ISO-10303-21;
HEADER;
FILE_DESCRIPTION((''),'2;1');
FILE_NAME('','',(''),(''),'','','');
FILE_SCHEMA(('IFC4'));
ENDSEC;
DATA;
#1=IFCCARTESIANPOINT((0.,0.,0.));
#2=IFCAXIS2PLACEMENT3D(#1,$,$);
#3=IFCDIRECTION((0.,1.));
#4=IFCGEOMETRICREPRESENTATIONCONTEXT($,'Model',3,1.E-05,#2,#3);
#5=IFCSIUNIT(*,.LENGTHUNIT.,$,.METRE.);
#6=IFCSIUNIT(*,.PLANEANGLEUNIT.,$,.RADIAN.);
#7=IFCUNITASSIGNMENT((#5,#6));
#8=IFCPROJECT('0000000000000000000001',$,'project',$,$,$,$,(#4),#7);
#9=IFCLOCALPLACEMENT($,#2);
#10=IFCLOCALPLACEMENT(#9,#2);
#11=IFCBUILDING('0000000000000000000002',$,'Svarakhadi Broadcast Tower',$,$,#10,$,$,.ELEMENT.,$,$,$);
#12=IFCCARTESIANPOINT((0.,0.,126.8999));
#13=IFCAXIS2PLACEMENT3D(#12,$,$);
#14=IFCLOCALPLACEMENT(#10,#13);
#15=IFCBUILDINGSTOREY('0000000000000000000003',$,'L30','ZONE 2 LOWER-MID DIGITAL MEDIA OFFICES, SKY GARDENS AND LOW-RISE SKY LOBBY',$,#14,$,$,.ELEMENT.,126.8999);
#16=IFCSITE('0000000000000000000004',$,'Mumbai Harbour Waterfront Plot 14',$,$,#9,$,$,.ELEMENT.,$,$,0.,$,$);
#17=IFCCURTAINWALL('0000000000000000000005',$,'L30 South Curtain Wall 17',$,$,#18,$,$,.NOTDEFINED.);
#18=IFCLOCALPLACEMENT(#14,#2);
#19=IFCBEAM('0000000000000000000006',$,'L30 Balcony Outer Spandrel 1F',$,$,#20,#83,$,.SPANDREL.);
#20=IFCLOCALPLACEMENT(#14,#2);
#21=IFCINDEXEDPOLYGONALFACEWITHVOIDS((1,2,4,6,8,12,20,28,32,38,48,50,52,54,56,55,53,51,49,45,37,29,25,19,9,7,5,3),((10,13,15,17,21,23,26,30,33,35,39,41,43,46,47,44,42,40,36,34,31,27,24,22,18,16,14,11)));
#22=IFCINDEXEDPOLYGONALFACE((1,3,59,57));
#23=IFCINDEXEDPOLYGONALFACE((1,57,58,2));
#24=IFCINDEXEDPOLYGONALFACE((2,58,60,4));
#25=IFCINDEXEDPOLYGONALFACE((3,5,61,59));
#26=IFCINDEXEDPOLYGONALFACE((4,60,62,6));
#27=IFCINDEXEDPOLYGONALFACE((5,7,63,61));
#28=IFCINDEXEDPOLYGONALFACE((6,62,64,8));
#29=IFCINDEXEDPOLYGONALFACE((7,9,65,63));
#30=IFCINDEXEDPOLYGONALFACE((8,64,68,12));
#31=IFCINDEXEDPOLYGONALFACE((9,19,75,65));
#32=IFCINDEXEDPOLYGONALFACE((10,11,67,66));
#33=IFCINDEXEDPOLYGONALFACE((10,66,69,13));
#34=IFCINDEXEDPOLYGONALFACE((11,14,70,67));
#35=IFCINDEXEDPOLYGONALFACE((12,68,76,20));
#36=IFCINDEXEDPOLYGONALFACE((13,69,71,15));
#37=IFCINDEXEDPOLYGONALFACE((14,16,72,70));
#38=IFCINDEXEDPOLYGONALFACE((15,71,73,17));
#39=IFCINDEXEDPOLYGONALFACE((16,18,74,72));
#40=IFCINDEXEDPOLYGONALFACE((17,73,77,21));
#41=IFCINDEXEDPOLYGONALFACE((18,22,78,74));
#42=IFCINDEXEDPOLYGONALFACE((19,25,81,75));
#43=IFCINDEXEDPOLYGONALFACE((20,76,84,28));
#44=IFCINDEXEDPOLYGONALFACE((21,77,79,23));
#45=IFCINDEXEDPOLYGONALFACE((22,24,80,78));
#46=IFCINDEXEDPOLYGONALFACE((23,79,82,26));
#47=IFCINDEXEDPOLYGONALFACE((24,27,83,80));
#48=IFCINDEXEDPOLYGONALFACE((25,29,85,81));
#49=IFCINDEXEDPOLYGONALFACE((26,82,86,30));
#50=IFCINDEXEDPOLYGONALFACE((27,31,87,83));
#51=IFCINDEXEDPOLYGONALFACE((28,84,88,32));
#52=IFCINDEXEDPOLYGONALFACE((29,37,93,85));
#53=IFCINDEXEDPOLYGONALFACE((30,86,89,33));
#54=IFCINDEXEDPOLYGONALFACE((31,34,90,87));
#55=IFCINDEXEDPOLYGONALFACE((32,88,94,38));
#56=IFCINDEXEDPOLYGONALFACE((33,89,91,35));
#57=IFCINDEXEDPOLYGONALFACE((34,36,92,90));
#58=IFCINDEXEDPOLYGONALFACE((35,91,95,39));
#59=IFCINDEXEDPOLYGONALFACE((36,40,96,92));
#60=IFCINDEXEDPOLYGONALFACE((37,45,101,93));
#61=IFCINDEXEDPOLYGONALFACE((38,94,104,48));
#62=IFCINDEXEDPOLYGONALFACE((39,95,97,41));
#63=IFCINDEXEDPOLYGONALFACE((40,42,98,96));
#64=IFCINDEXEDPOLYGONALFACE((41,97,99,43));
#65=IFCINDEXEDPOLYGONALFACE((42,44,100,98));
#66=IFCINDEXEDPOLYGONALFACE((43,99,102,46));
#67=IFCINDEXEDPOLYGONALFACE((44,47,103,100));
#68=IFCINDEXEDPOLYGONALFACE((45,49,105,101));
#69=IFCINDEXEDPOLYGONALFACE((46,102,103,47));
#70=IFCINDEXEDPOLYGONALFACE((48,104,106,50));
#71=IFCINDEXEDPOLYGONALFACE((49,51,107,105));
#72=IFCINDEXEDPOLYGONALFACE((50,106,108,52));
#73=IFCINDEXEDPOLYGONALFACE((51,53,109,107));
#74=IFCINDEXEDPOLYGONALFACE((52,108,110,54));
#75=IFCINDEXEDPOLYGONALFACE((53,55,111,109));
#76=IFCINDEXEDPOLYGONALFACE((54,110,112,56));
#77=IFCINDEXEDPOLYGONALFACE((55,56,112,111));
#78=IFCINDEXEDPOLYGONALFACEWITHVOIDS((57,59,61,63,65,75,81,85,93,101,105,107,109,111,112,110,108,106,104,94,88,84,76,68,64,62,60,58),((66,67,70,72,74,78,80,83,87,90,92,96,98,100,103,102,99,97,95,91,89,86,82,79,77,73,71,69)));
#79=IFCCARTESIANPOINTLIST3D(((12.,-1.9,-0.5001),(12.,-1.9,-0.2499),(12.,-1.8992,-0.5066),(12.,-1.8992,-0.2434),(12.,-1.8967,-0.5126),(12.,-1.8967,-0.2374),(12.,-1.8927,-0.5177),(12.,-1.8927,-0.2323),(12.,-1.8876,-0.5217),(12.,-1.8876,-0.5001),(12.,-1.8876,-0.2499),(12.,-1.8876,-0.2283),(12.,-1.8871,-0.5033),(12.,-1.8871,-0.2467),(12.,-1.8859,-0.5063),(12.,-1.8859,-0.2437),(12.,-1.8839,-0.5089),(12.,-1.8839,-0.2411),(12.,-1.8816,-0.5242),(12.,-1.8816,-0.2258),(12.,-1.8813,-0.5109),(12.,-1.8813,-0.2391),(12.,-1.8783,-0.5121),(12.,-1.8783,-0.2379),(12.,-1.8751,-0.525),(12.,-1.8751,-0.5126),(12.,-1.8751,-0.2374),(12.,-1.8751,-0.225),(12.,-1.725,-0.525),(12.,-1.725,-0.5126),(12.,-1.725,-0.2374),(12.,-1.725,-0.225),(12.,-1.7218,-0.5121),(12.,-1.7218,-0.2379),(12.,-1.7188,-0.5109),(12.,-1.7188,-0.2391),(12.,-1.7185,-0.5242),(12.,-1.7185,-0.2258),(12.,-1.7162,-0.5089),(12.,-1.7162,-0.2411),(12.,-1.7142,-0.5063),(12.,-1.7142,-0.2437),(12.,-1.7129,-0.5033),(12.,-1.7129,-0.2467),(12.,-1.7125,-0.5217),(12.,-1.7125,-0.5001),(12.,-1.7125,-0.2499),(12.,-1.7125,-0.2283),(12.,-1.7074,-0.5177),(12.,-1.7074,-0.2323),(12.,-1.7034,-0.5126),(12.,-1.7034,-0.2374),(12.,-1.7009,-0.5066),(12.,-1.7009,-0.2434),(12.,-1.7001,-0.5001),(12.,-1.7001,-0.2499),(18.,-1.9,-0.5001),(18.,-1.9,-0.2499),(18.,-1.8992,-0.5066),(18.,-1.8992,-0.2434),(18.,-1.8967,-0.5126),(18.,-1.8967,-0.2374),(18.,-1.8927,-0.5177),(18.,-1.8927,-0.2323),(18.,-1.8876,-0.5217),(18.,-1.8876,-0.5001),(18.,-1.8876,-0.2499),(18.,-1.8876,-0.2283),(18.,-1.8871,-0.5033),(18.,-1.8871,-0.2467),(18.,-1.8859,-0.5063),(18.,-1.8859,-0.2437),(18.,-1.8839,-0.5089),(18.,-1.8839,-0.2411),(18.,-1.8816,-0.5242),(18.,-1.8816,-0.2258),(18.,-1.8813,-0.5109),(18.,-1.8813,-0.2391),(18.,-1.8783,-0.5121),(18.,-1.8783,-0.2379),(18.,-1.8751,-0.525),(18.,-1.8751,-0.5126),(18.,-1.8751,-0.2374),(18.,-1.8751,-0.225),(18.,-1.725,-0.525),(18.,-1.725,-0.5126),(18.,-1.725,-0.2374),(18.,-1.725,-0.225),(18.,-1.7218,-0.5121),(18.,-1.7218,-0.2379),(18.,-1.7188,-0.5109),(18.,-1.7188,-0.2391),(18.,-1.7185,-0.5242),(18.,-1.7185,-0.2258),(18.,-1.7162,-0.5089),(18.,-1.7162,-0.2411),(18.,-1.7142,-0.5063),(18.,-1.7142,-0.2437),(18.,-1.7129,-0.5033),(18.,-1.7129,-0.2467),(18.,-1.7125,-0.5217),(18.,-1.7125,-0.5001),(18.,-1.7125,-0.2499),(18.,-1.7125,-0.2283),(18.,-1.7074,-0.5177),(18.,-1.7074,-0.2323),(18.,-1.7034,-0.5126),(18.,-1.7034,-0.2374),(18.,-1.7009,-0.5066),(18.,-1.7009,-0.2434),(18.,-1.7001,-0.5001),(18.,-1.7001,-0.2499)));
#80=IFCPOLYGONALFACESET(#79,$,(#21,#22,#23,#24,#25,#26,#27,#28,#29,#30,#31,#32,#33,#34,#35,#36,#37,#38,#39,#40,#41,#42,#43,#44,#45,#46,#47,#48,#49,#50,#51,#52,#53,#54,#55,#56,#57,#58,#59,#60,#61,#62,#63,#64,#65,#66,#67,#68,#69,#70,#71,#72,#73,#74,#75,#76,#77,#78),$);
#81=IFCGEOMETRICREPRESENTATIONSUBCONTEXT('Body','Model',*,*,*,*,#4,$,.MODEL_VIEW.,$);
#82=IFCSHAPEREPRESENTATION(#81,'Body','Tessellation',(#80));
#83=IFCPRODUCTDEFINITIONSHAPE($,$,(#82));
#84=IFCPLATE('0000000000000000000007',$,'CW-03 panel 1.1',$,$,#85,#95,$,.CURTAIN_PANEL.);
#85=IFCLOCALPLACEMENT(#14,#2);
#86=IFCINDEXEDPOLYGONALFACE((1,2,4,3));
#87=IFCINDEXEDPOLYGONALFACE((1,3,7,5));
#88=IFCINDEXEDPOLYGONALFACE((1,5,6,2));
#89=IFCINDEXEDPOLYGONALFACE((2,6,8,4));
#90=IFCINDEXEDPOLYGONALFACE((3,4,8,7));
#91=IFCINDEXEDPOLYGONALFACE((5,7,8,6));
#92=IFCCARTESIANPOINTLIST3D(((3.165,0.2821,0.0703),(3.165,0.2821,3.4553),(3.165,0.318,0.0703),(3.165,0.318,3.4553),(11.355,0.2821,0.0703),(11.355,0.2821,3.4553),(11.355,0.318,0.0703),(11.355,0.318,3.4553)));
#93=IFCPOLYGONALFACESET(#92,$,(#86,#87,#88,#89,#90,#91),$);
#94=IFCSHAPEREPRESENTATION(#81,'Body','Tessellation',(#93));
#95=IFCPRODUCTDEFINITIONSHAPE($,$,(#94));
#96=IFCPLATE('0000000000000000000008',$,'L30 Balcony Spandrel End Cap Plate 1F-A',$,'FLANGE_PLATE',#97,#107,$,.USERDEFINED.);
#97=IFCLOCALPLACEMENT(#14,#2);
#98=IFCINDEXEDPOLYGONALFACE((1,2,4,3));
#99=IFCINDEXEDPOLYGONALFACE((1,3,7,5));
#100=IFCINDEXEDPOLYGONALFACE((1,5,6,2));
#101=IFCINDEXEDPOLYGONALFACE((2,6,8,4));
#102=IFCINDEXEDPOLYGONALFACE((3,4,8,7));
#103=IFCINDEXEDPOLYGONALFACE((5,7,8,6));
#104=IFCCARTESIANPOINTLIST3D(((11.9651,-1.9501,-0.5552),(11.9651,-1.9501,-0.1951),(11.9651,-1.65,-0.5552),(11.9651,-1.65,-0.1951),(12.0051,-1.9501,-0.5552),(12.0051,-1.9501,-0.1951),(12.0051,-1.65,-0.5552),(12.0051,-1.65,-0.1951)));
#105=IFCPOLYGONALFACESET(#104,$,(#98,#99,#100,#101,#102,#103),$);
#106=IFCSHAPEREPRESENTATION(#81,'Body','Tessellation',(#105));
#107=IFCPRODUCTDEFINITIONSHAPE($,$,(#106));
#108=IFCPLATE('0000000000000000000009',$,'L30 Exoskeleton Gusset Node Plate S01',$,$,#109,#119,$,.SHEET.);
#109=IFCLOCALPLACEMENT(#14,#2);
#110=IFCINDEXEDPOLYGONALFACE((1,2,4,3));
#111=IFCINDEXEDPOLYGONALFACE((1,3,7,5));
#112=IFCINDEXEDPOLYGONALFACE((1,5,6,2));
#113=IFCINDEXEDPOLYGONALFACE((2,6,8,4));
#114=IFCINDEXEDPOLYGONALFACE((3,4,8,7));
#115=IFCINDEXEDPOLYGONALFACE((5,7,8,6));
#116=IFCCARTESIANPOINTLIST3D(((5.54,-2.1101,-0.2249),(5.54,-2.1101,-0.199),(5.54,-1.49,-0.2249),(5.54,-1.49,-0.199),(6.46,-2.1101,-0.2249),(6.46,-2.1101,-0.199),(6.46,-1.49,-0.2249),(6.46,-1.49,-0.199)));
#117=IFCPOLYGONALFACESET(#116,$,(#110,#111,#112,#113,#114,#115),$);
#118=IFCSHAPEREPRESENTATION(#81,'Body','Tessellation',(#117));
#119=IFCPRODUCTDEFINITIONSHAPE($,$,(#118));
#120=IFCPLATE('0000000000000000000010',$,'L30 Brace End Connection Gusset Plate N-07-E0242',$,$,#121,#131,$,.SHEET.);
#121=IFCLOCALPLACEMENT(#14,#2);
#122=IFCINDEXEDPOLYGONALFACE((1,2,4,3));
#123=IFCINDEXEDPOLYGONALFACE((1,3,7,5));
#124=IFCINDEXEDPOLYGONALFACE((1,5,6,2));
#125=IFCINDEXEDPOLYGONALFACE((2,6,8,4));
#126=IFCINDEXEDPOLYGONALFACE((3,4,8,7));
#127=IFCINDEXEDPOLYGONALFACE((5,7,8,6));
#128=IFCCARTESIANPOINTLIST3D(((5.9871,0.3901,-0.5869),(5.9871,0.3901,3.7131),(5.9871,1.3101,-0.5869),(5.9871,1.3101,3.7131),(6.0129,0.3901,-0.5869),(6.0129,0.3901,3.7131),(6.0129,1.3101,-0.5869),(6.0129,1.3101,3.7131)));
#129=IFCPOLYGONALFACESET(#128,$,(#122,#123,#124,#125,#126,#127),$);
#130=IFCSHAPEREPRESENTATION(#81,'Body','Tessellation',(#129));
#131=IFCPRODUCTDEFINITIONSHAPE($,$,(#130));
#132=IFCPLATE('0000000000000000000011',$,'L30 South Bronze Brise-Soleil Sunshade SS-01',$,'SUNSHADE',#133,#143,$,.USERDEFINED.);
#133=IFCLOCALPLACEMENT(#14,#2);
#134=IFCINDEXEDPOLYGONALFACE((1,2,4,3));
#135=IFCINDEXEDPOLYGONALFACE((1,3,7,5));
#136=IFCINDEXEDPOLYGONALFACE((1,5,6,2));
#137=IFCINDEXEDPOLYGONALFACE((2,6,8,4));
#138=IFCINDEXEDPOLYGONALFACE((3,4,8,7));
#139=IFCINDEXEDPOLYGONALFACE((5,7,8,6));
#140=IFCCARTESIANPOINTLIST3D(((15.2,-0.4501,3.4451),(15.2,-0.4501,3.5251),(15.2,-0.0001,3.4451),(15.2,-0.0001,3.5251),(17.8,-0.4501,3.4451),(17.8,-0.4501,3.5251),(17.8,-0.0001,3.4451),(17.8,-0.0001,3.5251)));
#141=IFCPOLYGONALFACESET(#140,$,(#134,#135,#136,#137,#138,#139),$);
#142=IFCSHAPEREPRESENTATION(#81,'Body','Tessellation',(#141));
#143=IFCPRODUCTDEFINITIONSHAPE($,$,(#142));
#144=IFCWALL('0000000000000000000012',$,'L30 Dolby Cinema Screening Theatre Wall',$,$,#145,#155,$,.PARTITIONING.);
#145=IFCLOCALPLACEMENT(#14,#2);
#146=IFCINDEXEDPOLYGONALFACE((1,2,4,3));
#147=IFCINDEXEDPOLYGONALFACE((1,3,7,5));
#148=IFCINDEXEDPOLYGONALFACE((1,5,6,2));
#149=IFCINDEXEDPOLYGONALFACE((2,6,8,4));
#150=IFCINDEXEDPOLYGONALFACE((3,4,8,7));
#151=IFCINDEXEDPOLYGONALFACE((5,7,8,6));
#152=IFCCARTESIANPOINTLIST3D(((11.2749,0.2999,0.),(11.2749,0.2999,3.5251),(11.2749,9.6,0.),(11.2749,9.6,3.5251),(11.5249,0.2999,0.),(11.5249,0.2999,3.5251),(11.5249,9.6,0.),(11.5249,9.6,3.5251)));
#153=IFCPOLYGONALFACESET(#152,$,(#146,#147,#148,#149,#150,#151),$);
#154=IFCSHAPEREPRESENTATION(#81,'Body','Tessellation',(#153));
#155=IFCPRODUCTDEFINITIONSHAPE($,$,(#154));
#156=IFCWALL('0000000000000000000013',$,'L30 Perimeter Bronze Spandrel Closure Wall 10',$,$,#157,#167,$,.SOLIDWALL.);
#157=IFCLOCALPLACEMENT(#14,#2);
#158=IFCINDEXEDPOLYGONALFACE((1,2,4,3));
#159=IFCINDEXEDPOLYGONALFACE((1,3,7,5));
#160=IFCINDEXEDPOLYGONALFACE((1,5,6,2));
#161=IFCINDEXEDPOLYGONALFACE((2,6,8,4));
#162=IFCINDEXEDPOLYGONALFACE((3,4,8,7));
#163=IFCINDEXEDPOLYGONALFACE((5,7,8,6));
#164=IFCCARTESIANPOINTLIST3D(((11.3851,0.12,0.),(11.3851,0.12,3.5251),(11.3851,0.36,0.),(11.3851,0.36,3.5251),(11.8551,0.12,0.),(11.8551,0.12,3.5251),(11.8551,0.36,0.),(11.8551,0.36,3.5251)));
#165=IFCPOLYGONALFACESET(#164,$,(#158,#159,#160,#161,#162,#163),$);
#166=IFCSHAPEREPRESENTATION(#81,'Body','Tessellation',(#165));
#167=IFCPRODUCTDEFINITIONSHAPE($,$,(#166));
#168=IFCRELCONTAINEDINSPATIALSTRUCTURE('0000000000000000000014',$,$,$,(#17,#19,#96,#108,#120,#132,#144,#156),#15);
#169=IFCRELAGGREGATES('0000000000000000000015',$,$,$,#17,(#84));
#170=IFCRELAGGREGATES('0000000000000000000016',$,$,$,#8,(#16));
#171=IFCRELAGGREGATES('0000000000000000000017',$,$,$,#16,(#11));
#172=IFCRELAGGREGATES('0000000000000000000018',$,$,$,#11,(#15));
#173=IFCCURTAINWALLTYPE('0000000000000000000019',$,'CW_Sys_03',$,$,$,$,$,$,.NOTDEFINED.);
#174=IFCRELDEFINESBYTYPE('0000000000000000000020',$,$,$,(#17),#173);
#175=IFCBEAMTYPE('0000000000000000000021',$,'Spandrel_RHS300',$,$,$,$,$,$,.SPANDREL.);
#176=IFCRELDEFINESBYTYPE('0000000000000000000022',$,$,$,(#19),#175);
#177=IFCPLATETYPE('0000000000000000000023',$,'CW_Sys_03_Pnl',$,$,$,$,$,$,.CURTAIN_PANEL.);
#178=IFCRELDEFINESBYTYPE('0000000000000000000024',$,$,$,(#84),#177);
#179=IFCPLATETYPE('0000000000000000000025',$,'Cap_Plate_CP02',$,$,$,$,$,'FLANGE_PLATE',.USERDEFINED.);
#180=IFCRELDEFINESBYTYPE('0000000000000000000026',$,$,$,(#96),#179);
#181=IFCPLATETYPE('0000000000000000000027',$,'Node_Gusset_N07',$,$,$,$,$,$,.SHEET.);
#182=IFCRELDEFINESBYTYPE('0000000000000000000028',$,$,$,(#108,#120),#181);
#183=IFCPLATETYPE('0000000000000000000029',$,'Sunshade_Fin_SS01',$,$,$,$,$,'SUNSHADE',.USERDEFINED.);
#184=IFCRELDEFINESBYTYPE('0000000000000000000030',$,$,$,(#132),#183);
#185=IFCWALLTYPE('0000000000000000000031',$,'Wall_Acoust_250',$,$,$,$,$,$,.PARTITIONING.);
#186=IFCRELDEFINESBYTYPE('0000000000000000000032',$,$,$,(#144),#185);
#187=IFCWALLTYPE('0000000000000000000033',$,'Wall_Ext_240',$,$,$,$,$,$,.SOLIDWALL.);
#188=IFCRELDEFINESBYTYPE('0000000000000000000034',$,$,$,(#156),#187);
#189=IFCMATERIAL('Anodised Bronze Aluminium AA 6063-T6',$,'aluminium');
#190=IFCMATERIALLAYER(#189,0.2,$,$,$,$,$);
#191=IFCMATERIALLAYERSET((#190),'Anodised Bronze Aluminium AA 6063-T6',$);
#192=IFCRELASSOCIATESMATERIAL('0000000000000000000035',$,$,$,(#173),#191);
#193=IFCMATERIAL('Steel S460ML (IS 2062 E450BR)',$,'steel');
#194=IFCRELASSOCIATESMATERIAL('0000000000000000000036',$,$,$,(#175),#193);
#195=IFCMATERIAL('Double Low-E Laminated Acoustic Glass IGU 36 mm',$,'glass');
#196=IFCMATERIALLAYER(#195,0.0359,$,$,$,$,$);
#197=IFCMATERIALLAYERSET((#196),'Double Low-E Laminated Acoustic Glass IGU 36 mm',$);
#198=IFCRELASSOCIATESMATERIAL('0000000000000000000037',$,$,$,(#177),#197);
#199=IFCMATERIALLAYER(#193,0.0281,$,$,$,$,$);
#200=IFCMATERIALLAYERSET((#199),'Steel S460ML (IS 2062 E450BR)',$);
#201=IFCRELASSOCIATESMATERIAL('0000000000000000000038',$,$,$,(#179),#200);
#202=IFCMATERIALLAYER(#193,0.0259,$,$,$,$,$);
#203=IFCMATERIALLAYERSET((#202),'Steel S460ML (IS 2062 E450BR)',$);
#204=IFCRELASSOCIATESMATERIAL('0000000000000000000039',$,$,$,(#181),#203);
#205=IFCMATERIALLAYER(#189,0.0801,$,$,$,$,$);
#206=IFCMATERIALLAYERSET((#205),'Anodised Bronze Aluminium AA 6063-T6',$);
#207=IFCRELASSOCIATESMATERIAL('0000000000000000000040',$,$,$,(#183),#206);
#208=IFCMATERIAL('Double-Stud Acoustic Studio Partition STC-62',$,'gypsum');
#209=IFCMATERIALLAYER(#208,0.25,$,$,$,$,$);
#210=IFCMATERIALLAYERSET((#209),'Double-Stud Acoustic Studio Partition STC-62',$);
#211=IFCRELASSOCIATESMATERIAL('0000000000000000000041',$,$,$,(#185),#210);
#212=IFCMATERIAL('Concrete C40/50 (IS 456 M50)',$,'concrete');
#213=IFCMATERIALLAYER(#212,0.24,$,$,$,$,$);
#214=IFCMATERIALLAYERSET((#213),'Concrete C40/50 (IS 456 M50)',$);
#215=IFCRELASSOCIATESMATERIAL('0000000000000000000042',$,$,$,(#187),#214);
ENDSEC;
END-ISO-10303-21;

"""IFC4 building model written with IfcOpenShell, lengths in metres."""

from ifc_helpers import new_model, si_unit, direction, frame, frame_2d, origin, origin_2d, place, context, subcontext, project, spatial, rectangle, hollow_rectangle, extrude, material, layer, layer_set, material_profile, profile_set, type_object, element, aggregate, save


model = new_model("IFC4")

# Units and contexts
model_context = context("Model", 3, precision=1e-05, world=origin(), true_north=direction((0.0, 1.0)))
body_context = subcontext(model_context, "Body", "Model", "MODEL_VIEW")
ifc_project = project(units=[si_unit("LENGTHUNIT", "METRE"), si_unit("PLANEANGLEUNIT", "RADIAN")], contexts=[model_context])

# Site, building, storey
site_placement = place(None, origin())
site = spatial("IfcSite", under=ifc_project, at=site_placement, Name="Mumbai Harbour Waterfront Plot 14", CompositionType="ELEMENT", RefElevation=0.0)
building_placement = place(site_placement, origin())
building = spatial("IfcBuilding", under=site, at=building_placement, Name="Svarakhadi Broadcast Tower", CompositionType="ELEMENT")
storey_placement = place(building_placement, frame((0.0, 0.0, 126.8999)))
storey = spatial("IfcBuildingStorey", under=building, at=storey_placement, Name="L30", Description="ZONE 2 LOWER-MID DIGITAL MEDIA OFFICES, SKY GARDENS AND LOW-RISE SKY LOBBY", CompositionType="ELEMENT", Elevation=126.8999)

# Shared definitions
ifc_material_1 = material(Name="Steel S460ML (IS 2062 E450BR)", Category="steel")

# Curtain wall
ifc_material_2 = material(Name="Anodised Bronze Aluminium AA 6063-T6", Category="aluminium")
ifc_layer_1 = layer(ifc_material_2, 0.2)
ifc_layer_set_1 = layer_set([ifc_layer_1], Name="Anodised Bronze Aluminium AA 6063-T6")
curtain_wall_type = type_object("IfcCurtainWallType", Name="CW_Sys_03", PredefinedType="NOTDEFINED", material=ifc_layer_set_1)
curtain_wall_placement = place(storey_placement, origin())
curtain_wall = element("IfcCurtainWall", 1, at=curtain_wall_placement, inside=storey, type_object=curtain_wall_type, Name="L30 South Curtain Wall 17", PredefinedType="NOTDEFINED")

# Beam
ifc_material_profile_1 = material_profile(ifc_material_1, hollow_rectangle(XDim=0.2, YDim=0.3, WallThickness=0.0125, InnerFilletRadius=0.0125, OuterFilletRadius=0.0249, at=origin_2d()), Name="RHS 300x200x12.5")
ifc_profile_set_1 = profile_set([ifc_material_profile_1], Name="Steel S460ML (IS 2062 E450BR)")
beam_type_1 = type_object("IfcBeamType", Name="Spandrel_RHS300", PredefinedType="SPANDREL", material=ifc_profile_set_1)
beam_1_placement = place(storey_placement, frame((12.0, -1.8, -0.375), z_axis=(1.0, 0.0, 0.0), x_axis=(0.0, 1.0, 0.0)))
element("IfcBeam", 2, at=beam_1_placement, inside=storey, type_object=beam_type_1, Name="L30 Balcony Outer Spandrel 1F", PredefinedType="SPANDREL", context=body_context, shape_type="SweptSolid", body=[
    extrude(hollow_rectangle(XDim=0.2, YDim=0.3, WallThickness=0.0125, InnerFilletRadius=0.0125, OuterFilletRadius=0.0249, at=origin_2d()), origin(), (0.0, 0.0, 1.0), 6.0),
])

# Plate
ifc_material_3 = material(Name="Double Low-E Laminated Acoustic Glass IGU 36 mm", Category="glass")
ifc_layer_2 = layer(ifc_material_3, 0.0359)
ifc_layer_set_2 = layer_set([ifc_layer_2], Name="Double Low-E Laminated Acoustic Glass IGU 36 mm")
plate_type_1 = type_object("IfcPlateType", Name="CW_Sys_03_Pnl", PredefinedType="CURTAIN_PANEL", material=ifc_layer_set_2)
plate_1_placement = place(storey_placement, frame((7.26, 0.3, 0.0703), z_axis=(0.0, 0.0, 1.0), x_axis=(-1.0, 0.0, 0.0)))
plate_1 = element("IfcPlate", 3, at=plate_1_placement, type_object=plate_type_1, Name="CW-03 panel 1.1", PredefinedType="CURTAIN_PANEL", context=body_context, shape_type="SweptSolid", body=[
    extrude(rectangle(XDim=8.1899, YDim=0.0359, at=origin_2d()), origin(), (0.0, 0.0, 1.0), 3.385),
])
aggregate(curtain_wall, [plate_1])

# Plates
ifc_layer_3 = layer(ifc_material_1, 0.0281)
ifc_layer_set_3 = layer_set([ifc_layer_3], Name="Steel S460ML (IS 2062 E450BR)")
plate_type_2 = type_object("IfcPlateType", Name="Cap_Plate_CP02", ElementType="FLANGE_PLATE", PredefinedType="USERDEFINED", material=ifc_layer_set_3)
plate_2_placement = place(storey_placement, frame((11.9851, -1.8, -0.5552), z_axis=(0.0, 0.0, 1.0), x_axis=(1.0, 0.0, 0.0)))
element("IfcPlate", 4, at=plate_2_placement, inside=storey, type_object=plate_type_2, Name="L30 Balcony Spandrel End Cap Plate 1F-A", ObjectType="FLANGE_PLATE", PredefinedType="USERDEFINED", context=body_context, shape_type="SweptSolid", body=[
    extrude(rectangle(XDim=0.04, YDim=0.3, at=origin_2d()), origin(), (0.0, 0.0, 1.0), 0.3601),
])
ifc_layer_4 = layer(ifc_material_1, 0.0259)
ifc_layer_set_4 = layer_set([ifc_layer_4], Name="Steel S460ML (IS 2062 E450BR)")
plate_type_3 = type_object("IfcPlateType", Name="Node_Gusset_N07", PredefinedType="SHEET", material=ifc_layer_set_4)
plate_3_placement = place(storey_placement, frame((6.0, -1.8, -0.2249), z_axis=(0.0, 0.0, 1.0), x_axis=(1.0, 0.0, 0.0)))
element("IfcPlate", 5, at=plate_3_placement, inside=storey, type_object=plate_type_3, Name="L30 Exoskeleton Gusset Node Plate S01", PredefinedType="SHEET", context=body_context, shape_type="SweptSolid", body=[
    extrude(rectangle(XDim=0.9199, YDim=0.6201, at=origin_2d()), origin(), (0.0, 0.0, 1.0), 0.0259),
])
plate_4_placement = place(storey_placement, frame((6.0, 0.8501, -0.5869), z_axis=(0.0, 0.0, 1.0), x_axis=(0.0, 1.0, 0.0)))
element("IfcPlate", 6, at=plate_4_placement, inside=storey, type_object=plate_type_3, Name="L30 Brace End Connection Gusset Plate N-07-E0242", PredefinedType="SHEET", context=body_context, shape_type="SweptSolid", body=[
    extrude(rectangle(XDim=0.9199, YDim=0.0259, at=origin_2d()), origin(), (0.0, 0.0, 1.0), 4.3),
])
ifc_layer_5 = layer(ifc_material_2, 0.0801)
ifc_layer_set_5 = layer_set([ifc_layer_5], Name="Anodised Bronze Aluminium AA 6063-T6")
plate_type_4 = type_object("IfcPlateType", Name="Sunshade_Fin_SS01", ElementType="SUNSHADE", PredefinedType="USERDEFINED", material=ifc_layer_set_5)
plate_5_placement = place(storey_placement, frame((16.5, -0.2251, 3.4451), z_axis=(0.0, 0.0, 1.0), x_axis=(1.0, 0.0, 0.0)))
element("IfcPlate", 7, at=plate_5_placement, inside=storey, type_object=plate_type_4, Name="L30 South Bronze Brise-Soleil Sunshade SS-01", ObjectType="SUNSHADE", PredefinedType="USERDEFINED", context=body_context, shape_type="SweptSolid", body=[
    extrude(rectangle(XDim=2.6001, YDim=0.45, at=origin_2d()), origin(), (0.0, 0.0, 1.0), 0.0801),
])

# Walls
ifc_material_4 = material(Name="Double-Stud Acoustic Studio Partition STC-62", Category="gypsum")
ifc_layer_6 = layer(ifc_material_4, 0.25)
ifc_layer_set_6 = layer_set([ifc_layer_6], Name="Double-Stud Acoustic Studio Partition STC-62")
wall_type_1 = type_object("IfcWallType", Name="Wall_Acoust_250", PredefinedType="PARTITIONING", material=ifc_layer_set_6)
wall_1_placement = place(storey_placement, frame((11.3999, 0.3, 0.0), z_axis=(0.0, 0.0, 1.0), x_axis=(0.0, 1.0, 0.0)))
element("IfcWall", 8, at=wall_1_placement, inside=storey, type_object=wall_type_1, Name="L30 Dolby Cinema Screening Theatre Wall", PredefinedType="PARTITIONING", context=body_context, shape_type="SweptSolid", body=[
    extrude(rectangle(XDim=9.3, YDim=0.25, at=frame_2d((4.6499, 0.0))), origin(), (0.0, 0.0, 1.0), 3.5251),
])
ifc_material_5 = material(Name="Concrete C40/50 (IS 456 M50)", Category="concrete")
ifc_layer_7 = layer(ifc_material_5, 0.24)
ifc_layer_set_7 = layer_set([ifc_layer_7], Name="Concrete C40/50 (IS 456 M50)")
wall_type_2 = type_object("IfcWallType", Name="Wall_Ext_240", PredefinedType="SOLIDWALL", material=ifc_layer_set_7)
wall_2_placement = place(storey_placement, frame((11.855, 0.24, 0.0), z_axis=(0.0, 0.0, 1.0), x_axis=(-1.0, 0.0, 0.0)))
element("IfcWall", 9, at=wall_2_placement, inside=storey, type_object=wall_type_2, Name="L30 Perimeter Bronze Spandrel Closure Wall 10", PredefinedType="SOLIDWALL", context=body_context, shape_type="SweptSolid", body=[
    extrude(rectangle(XDim=0.47, YDim=0.24, at=frame_2d((0.2349, 0.0))), origin(), (0.0, 0.0, 1.0), 3.5251),
])

save(model, "model.ifc")
